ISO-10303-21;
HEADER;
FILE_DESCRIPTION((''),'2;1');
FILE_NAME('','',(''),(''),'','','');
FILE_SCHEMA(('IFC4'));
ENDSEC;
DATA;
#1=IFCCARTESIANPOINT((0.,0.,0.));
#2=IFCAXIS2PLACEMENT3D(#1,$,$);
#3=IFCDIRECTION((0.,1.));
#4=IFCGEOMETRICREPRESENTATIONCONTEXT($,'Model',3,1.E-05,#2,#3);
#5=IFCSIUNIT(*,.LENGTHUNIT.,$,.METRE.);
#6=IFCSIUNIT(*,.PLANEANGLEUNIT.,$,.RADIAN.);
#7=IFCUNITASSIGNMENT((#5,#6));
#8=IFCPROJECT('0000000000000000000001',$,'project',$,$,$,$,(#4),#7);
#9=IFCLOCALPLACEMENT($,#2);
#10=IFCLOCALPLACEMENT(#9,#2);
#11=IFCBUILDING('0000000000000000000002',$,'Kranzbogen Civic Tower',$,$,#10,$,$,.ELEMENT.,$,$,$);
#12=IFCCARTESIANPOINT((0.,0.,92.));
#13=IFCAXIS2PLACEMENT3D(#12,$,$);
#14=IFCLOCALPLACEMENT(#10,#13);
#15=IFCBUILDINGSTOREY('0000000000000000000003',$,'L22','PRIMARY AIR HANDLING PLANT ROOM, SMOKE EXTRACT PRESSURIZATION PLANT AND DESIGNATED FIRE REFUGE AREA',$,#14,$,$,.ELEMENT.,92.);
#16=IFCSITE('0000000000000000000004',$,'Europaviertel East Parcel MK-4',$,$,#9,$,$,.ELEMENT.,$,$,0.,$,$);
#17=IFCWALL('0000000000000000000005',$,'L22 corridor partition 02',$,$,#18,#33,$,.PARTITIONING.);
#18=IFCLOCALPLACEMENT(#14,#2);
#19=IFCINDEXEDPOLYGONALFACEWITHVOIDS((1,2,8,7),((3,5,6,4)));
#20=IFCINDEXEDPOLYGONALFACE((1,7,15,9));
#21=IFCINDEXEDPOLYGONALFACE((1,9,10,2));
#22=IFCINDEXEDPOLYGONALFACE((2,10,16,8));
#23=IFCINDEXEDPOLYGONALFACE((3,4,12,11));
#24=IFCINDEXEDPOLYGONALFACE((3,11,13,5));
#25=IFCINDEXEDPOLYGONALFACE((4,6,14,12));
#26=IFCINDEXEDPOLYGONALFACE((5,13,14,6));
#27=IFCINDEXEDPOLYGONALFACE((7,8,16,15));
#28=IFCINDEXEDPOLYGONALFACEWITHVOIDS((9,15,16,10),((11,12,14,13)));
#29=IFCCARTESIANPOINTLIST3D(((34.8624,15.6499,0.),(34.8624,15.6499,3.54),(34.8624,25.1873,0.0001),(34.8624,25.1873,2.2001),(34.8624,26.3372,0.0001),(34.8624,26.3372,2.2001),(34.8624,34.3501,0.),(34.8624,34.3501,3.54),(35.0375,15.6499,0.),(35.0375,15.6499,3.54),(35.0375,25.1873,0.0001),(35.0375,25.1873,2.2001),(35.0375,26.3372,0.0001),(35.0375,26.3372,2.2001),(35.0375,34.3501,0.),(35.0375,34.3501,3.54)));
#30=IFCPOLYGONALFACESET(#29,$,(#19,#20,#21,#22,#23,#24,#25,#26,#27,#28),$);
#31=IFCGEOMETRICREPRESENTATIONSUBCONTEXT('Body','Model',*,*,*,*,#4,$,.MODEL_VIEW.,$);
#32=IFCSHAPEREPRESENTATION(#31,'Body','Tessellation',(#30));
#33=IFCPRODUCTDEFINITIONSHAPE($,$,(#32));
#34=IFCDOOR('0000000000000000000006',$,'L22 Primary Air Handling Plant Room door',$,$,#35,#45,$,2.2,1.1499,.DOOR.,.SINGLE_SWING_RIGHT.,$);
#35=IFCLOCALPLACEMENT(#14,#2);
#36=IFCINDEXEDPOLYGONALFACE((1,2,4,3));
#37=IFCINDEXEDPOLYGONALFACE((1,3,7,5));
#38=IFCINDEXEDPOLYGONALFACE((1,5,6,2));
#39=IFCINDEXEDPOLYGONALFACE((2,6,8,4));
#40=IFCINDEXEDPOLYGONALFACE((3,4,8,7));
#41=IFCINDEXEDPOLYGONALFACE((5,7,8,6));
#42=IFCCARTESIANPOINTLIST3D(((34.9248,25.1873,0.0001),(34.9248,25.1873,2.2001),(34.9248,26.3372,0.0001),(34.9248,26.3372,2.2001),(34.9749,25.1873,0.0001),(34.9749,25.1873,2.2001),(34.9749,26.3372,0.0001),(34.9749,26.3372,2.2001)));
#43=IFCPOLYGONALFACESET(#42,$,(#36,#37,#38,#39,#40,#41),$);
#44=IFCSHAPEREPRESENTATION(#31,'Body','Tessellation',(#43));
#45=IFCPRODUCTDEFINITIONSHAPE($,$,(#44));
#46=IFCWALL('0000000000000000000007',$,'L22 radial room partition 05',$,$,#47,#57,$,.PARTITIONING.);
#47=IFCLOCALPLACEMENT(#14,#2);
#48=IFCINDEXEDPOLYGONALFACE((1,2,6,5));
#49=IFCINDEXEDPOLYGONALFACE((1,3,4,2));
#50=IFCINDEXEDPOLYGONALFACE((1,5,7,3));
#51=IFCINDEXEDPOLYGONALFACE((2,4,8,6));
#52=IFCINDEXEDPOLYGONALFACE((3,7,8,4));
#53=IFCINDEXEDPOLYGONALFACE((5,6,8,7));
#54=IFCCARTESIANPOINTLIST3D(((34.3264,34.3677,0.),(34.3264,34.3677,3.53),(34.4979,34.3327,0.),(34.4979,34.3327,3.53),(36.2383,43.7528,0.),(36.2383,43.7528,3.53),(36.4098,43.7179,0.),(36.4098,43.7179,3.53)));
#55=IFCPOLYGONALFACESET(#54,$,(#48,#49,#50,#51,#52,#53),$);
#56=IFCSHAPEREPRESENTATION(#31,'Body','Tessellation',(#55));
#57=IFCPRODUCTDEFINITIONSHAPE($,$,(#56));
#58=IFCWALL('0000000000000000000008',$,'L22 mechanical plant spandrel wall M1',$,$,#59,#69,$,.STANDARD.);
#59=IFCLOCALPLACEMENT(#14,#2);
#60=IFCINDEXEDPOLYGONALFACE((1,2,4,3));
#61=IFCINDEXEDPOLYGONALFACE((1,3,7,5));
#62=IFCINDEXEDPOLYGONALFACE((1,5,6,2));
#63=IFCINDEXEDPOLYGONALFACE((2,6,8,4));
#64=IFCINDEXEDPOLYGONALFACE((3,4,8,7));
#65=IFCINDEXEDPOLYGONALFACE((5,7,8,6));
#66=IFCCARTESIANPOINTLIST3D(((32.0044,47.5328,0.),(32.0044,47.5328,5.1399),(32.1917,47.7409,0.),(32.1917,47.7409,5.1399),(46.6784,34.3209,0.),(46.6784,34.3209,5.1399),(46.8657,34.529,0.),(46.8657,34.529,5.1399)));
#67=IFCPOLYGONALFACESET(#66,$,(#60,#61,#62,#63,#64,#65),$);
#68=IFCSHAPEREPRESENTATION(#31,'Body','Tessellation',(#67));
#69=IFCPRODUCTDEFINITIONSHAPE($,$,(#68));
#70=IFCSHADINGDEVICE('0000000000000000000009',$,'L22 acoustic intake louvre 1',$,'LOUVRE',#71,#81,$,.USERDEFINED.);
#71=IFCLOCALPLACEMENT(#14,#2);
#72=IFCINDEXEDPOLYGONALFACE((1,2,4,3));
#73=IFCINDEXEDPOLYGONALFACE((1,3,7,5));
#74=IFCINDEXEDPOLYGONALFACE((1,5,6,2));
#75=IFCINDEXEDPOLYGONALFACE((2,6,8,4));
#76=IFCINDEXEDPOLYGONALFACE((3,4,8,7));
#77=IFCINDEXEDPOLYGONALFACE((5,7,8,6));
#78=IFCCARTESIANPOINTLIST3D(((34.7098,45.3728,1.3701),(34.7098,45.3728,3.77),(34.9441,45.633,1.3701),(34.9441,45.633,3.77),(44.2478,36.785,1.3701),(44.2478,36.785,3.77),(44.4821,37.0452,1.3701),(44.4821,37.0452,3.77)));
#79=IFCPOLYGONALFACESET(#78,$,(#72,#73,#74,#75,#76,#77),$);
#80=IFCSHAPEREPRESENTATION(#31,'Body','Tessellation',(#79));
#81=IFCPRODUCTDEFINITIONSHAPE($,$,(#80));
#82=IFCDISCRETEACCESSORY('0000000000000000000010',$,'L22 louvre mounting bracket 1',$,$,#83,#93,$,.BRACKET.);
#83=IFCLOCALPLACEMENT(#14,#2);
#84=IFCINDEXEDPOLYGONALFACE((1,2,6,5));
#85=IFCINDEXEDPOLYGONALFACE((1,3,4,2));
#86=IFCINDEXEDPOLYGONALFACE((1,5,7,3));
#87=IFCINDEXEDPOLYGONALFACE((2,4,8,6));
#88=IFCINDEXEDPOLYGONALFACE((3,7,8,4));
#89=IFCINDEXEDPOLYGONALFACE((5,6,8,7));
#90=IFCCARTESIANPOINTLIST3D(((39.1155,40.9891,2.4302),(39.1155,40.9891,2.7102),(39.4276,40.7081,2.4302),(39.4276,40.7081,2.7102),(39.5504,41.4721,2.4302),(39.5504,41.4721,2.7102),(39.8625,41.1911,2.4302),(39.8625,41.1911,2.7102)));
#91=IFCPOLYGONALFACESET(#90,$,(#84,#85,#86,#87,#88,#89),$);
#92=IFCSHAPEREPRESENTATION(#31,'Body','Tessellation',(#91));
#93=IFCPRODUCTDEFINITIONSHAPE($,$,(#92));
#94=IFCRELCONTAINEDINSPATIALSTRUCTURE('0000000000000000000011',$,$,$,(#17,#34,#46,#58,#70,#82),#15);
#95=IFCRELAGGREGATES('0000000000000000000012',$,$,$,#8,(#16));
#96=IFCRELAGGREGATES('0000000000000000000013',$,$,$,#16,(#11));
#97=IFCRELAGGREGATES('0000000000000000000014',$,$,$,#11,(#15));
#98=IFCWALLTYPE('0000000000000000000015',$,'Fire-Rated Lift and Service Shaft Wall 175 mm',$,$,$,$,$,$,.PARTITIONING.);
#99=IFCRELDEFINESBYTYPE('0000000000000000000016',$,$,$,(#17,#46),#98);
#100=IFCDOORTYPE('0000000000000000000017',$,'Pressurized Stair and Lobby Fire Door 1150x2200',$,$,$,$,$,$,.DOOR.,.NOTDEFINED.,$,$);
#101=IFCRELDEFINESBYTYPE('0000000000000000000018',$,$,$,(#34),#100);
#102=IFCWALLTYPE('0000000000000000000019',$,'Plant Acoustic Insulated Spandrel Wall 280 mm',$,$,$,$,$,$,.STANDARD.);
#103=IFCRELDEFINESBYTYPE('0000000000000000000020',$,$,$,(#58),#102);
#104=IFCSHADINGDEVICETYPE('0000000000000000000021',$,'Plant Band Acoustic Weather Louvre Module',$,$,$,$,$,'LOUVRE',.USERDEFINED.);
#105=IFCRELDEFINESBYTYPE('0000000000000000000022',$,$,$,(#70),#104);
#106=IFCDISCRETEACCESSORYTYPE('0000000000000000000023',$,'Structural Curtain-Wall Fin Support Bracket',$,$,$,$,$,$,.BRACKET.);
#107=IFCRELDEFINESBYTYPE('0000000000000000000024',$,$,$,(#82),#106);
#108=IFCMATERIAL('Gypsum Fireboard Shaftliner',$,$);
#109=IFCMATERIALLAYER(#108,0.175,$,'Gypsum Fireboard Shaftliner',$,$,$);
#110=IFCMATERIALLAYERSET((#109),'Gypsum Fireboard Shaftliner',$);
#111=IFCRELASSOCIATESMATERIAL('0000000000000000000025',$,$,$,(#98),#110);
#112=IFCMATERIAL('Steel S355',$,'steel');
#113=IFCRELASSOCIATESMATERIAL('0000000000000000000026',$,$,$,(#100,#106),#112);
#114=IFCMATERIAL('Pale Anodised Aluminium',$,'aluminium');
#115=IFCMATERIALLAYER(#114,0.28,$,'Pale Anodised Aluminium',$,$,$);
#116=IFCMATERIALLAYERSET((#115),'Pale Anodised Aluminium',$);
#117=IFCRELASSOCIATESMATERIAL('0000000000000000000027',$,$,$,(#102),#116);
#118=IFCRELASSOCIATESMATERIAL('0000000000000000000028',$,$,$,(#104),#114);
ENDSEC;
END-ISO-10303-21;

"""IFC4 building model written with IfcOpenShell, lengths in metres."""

from ifc_helpers import new_model, si_unit, direction, frame, frame_2d, origin, origin_2d, place, context, subcontext, project, spatial, rectangle, extrude, material, layer, layer_set, type_object, element, fill, save


model = new_model("IFC4")

# Units and contexts
model_context = context("Model", 3, precision=1e-05, world=origin(), true_north=direction((0.0, 1.0)))
body_context = subcontext(model_context, "Body", "Model", "MODEL_VIEW")
ifc_project = project(units=[si_unit("LENGTHUNIT", "METRE"), si_unit("PLANEANGLEUNIT", "RADIAN")], contexts=[model_context])

# Site, building, storey
site_placement = place(None, origin())
site = spatial("IfcSite", under=ifc_project, at=site_placement, Name="Europaviertel East Parcel MK-4", CompositionType="ELEMENT", RefElevation=0.0)
building_placement = place(site_placement, origin())
building = spatial("IfcBuilding", under=site, at=building_placement, Name="Kranzbogen Civic Tower", CompositionType="ELEMENT")
storey_placement = place(building_placement, frame((0.0, 0.0, 92.0)))
storey = spatial("IfcBuildingStorey", under=building, at=storey_placement, Name="L22", Description="PRIMARY AIR HANDLING PLANT ROOM, SMOKE EXTRACT PRESSURIZATION PLANT AND DESIGNATED FIRE REFUGE AREA", CompositionType="ELEMENT", Elevation=92.0)

# Shared definitions
ifc_material_1 = material(Name="Steel S355", Category="steel")

# Wall, opening, door
ifc_material_2 = material(Name="Gypsum Fireboard Shaftliner")
ifc_layer_1 = layer(ifc_material_2, 0.175, Name="Gypsum Fireboard Shaftliner")
ifc_layer_set_1 = layer_set([ifc_layer_1], Name="Gypsum Fireboard Shaftliner")
wall_type_1 = type_object("IfcWallType", Name="Fire-Rated Lift and Service Shaft Wall 175 mm", PredefinedType="PARTITIONING", material=ifc_layer_set_1)
wall_1_placement = place(storey_placement, frame((34.95, 34.3501, 0.0), z_axis=(0.0, 0.0, 1.0), x_axis=(0.0, -1.0, 0.0)))
wall_1 = element("IfcWall", 1, at=wall_1_placement, inside=storey, type_object=wall_type_1, Name="L22 corridor partition 02", PredefinedType="PARTITIONING", context=body_context, shape_type="SweptSolid", body=[
    extrude(rectangle(XDim=18.7002, YDim=0.175, at=frame_2d((9.3501, 0.0))), origin(), (0.0, 0.0, 1.0), 3.54),
])
opening_1_placement = place(wall_1_placement, frame((8.0129, 0.0, 0.0)))
opening_1 = element("IfcOpeningElement", 2, at=opening_1_placement, cuts=wall_1, PredefinedType="OPENING", context=body_context, shape_type="SweptSolid", body=[
    extrude(rectangle(XDim=1.1499, YDim=2.2, at=frame_2d((0.575, 1.1001))), frame((0.0, 0.0977, 0.0), z_axis=(0.0, -1.0, 0.0), x_axis=(1.0, 0.0, 0.0)), (0.0, 0.0, 1.0), 0.1951),
])
door_type_1 = type_object("IfcDoorType", Name="Pressurized Stair and Lobby Fire Door 1150x2200", OperationType="NOTDEFINED", PredefinedType="DOOR", material=ifc_material_1)
door_1_placement = place(opening_1_placement, origin())
door_1 = element("IfcDoor", 3, at=door_1_placement, inside=storey, type_object=door_type_1, Name="L22 Primary Air Handling Plant Room door", OperationType="SINGLE_SWING_RIGHT", OverallHeight=2.2, OverallWidth=1.1499, PredefinedType="DOOR", context=body_context, shape_type="SweptSolid", body=[
    extrude(rectangle(XDim=1.1499, YDim=2.2, at=frame_2d((0.575, 1.1001))), frame((0.0, 0.0249, 0.0), z_axis=(0.0, -1.0, 0.0), x_axis=(1.0, 0.0, 0.0)), (0.0, 0.0, 1.0), 0.05),
])
fill(opening_1, door_1)

# Walls
wall_2_placement = place(storey_placement, frame((34.4121, 34.3501, 0.0), z_axis=(0.0, 0.0, 1.0), x_axis=(0.199615, 0.979874, 0.0)))
element("IfcWall", 4, at=wall_2_placement, inside=storey, type_object=wall_type_1, Name="L22 radial room partition 05", PredefinedType="PARTITIONING", context=body_context, shape_type="SweptSolid", body=[
    extrude(rectangle(XDim=9.5779, YDim=0.175, at=frame_2d((4.7891, 0.0))), origin(), (0.0, 0.0, 1.0), 3.53),
])
ifc_material_3 = material(Name="Pale Anodised Aluminium", Category="aluminium")
ifc_layer_2 = layer(ifc_material_3, 0.28, Name="Pale Anodised Aluminium")
ifc_layer_set_2 = layer_set([ifc_layer_2], Name="Pale Anodised Aluminium")
wall_type_2 = type_object("IfcWallType", Name="Plant Acoustic Insulated Spandrel Wall 280 mm", PredefinedType="STANDARD", material=ifc_layer_set_2)
wall_3_placement = place(storey_placement, frame((46.772, 34.425, 0.0), z_axis=(0.0, 0.0, 1.0), x_axis=(-0.743162, 0.669112, 0.0)))
element("IfcWall", 5, at=wall_3_placement, inside=storey, type_object=wall_type_2, Name="L22 mechanical plant spandrel wall M1", PredefinedType="STANDARD", context=body_context, shape_type="SweptSolid", body=[
    extrude(rectangle(XDim=19.7454, YDim=0.28, at=frame_2d((9.8726, 0.0))), origin(), (0.0, 0.0, 1.0), 5.1399),
])

# Shading device
shading_device_type = type_object("IfcShadingDeviceType", Name="Plant Band Acoustic Weather Louvre Module", ElementType="LOUVRE", PredefinedType="USERDEFINED", material=ifc_material_3)
shading_device_placement = place(storey_placement, frame((39.5959, 41.209, 1.3701), z_axis=(0.0, 0.0, 1.0), x_axis=(-0.743157, 0.669118, 0.0)))
element("IfcShadingDevice", 6, at=shading_device_placement, inside=storey, type_object=shading_device_type, Name="L22 acoustic intake louvre 1", ObjectType="LOUVRE", PredefinedType="USERDEFINED", context=body_context, shape_type="SweptSolid", body=[
    extrude(rectangle(XDim=12.8345, YDim=0.3501, at=origin_2d()), origin(), (0.0, 0.0, 1.0), 2.3999),
])

# Discrete accessory
discrete_accessory_type = type_object("IfcDiscreteAccessoryType", Name="Structural Curtain-Wall Fin Support Bracket", PredefinedType="BRACKET", material=ifc_material_1)
discrete_accessory_placement = place(storey_placement, frame((39.489, 41.0901, 2.4302), z_axis=(0.0, 0.0, 1.0), x_axis=(0.669131, 0.743145, 0.0)))
element("IfcDiscreteAccessory", 7, at=discrete_accessory_placement, inside=storey, type_object=discrete_accessory_type, Name="L22 louvre mounting bracket 1", PredefinedType="BRACKET", context=body_context, shape_type="SweptSolid", body=[
    extrude(rectangle(XDim=0.6499, YDim=0.4199, at=origin_2d()), origin(), (0.0, 0.0, 1.0), 0.28),
])

save(model, "model.ifc")
